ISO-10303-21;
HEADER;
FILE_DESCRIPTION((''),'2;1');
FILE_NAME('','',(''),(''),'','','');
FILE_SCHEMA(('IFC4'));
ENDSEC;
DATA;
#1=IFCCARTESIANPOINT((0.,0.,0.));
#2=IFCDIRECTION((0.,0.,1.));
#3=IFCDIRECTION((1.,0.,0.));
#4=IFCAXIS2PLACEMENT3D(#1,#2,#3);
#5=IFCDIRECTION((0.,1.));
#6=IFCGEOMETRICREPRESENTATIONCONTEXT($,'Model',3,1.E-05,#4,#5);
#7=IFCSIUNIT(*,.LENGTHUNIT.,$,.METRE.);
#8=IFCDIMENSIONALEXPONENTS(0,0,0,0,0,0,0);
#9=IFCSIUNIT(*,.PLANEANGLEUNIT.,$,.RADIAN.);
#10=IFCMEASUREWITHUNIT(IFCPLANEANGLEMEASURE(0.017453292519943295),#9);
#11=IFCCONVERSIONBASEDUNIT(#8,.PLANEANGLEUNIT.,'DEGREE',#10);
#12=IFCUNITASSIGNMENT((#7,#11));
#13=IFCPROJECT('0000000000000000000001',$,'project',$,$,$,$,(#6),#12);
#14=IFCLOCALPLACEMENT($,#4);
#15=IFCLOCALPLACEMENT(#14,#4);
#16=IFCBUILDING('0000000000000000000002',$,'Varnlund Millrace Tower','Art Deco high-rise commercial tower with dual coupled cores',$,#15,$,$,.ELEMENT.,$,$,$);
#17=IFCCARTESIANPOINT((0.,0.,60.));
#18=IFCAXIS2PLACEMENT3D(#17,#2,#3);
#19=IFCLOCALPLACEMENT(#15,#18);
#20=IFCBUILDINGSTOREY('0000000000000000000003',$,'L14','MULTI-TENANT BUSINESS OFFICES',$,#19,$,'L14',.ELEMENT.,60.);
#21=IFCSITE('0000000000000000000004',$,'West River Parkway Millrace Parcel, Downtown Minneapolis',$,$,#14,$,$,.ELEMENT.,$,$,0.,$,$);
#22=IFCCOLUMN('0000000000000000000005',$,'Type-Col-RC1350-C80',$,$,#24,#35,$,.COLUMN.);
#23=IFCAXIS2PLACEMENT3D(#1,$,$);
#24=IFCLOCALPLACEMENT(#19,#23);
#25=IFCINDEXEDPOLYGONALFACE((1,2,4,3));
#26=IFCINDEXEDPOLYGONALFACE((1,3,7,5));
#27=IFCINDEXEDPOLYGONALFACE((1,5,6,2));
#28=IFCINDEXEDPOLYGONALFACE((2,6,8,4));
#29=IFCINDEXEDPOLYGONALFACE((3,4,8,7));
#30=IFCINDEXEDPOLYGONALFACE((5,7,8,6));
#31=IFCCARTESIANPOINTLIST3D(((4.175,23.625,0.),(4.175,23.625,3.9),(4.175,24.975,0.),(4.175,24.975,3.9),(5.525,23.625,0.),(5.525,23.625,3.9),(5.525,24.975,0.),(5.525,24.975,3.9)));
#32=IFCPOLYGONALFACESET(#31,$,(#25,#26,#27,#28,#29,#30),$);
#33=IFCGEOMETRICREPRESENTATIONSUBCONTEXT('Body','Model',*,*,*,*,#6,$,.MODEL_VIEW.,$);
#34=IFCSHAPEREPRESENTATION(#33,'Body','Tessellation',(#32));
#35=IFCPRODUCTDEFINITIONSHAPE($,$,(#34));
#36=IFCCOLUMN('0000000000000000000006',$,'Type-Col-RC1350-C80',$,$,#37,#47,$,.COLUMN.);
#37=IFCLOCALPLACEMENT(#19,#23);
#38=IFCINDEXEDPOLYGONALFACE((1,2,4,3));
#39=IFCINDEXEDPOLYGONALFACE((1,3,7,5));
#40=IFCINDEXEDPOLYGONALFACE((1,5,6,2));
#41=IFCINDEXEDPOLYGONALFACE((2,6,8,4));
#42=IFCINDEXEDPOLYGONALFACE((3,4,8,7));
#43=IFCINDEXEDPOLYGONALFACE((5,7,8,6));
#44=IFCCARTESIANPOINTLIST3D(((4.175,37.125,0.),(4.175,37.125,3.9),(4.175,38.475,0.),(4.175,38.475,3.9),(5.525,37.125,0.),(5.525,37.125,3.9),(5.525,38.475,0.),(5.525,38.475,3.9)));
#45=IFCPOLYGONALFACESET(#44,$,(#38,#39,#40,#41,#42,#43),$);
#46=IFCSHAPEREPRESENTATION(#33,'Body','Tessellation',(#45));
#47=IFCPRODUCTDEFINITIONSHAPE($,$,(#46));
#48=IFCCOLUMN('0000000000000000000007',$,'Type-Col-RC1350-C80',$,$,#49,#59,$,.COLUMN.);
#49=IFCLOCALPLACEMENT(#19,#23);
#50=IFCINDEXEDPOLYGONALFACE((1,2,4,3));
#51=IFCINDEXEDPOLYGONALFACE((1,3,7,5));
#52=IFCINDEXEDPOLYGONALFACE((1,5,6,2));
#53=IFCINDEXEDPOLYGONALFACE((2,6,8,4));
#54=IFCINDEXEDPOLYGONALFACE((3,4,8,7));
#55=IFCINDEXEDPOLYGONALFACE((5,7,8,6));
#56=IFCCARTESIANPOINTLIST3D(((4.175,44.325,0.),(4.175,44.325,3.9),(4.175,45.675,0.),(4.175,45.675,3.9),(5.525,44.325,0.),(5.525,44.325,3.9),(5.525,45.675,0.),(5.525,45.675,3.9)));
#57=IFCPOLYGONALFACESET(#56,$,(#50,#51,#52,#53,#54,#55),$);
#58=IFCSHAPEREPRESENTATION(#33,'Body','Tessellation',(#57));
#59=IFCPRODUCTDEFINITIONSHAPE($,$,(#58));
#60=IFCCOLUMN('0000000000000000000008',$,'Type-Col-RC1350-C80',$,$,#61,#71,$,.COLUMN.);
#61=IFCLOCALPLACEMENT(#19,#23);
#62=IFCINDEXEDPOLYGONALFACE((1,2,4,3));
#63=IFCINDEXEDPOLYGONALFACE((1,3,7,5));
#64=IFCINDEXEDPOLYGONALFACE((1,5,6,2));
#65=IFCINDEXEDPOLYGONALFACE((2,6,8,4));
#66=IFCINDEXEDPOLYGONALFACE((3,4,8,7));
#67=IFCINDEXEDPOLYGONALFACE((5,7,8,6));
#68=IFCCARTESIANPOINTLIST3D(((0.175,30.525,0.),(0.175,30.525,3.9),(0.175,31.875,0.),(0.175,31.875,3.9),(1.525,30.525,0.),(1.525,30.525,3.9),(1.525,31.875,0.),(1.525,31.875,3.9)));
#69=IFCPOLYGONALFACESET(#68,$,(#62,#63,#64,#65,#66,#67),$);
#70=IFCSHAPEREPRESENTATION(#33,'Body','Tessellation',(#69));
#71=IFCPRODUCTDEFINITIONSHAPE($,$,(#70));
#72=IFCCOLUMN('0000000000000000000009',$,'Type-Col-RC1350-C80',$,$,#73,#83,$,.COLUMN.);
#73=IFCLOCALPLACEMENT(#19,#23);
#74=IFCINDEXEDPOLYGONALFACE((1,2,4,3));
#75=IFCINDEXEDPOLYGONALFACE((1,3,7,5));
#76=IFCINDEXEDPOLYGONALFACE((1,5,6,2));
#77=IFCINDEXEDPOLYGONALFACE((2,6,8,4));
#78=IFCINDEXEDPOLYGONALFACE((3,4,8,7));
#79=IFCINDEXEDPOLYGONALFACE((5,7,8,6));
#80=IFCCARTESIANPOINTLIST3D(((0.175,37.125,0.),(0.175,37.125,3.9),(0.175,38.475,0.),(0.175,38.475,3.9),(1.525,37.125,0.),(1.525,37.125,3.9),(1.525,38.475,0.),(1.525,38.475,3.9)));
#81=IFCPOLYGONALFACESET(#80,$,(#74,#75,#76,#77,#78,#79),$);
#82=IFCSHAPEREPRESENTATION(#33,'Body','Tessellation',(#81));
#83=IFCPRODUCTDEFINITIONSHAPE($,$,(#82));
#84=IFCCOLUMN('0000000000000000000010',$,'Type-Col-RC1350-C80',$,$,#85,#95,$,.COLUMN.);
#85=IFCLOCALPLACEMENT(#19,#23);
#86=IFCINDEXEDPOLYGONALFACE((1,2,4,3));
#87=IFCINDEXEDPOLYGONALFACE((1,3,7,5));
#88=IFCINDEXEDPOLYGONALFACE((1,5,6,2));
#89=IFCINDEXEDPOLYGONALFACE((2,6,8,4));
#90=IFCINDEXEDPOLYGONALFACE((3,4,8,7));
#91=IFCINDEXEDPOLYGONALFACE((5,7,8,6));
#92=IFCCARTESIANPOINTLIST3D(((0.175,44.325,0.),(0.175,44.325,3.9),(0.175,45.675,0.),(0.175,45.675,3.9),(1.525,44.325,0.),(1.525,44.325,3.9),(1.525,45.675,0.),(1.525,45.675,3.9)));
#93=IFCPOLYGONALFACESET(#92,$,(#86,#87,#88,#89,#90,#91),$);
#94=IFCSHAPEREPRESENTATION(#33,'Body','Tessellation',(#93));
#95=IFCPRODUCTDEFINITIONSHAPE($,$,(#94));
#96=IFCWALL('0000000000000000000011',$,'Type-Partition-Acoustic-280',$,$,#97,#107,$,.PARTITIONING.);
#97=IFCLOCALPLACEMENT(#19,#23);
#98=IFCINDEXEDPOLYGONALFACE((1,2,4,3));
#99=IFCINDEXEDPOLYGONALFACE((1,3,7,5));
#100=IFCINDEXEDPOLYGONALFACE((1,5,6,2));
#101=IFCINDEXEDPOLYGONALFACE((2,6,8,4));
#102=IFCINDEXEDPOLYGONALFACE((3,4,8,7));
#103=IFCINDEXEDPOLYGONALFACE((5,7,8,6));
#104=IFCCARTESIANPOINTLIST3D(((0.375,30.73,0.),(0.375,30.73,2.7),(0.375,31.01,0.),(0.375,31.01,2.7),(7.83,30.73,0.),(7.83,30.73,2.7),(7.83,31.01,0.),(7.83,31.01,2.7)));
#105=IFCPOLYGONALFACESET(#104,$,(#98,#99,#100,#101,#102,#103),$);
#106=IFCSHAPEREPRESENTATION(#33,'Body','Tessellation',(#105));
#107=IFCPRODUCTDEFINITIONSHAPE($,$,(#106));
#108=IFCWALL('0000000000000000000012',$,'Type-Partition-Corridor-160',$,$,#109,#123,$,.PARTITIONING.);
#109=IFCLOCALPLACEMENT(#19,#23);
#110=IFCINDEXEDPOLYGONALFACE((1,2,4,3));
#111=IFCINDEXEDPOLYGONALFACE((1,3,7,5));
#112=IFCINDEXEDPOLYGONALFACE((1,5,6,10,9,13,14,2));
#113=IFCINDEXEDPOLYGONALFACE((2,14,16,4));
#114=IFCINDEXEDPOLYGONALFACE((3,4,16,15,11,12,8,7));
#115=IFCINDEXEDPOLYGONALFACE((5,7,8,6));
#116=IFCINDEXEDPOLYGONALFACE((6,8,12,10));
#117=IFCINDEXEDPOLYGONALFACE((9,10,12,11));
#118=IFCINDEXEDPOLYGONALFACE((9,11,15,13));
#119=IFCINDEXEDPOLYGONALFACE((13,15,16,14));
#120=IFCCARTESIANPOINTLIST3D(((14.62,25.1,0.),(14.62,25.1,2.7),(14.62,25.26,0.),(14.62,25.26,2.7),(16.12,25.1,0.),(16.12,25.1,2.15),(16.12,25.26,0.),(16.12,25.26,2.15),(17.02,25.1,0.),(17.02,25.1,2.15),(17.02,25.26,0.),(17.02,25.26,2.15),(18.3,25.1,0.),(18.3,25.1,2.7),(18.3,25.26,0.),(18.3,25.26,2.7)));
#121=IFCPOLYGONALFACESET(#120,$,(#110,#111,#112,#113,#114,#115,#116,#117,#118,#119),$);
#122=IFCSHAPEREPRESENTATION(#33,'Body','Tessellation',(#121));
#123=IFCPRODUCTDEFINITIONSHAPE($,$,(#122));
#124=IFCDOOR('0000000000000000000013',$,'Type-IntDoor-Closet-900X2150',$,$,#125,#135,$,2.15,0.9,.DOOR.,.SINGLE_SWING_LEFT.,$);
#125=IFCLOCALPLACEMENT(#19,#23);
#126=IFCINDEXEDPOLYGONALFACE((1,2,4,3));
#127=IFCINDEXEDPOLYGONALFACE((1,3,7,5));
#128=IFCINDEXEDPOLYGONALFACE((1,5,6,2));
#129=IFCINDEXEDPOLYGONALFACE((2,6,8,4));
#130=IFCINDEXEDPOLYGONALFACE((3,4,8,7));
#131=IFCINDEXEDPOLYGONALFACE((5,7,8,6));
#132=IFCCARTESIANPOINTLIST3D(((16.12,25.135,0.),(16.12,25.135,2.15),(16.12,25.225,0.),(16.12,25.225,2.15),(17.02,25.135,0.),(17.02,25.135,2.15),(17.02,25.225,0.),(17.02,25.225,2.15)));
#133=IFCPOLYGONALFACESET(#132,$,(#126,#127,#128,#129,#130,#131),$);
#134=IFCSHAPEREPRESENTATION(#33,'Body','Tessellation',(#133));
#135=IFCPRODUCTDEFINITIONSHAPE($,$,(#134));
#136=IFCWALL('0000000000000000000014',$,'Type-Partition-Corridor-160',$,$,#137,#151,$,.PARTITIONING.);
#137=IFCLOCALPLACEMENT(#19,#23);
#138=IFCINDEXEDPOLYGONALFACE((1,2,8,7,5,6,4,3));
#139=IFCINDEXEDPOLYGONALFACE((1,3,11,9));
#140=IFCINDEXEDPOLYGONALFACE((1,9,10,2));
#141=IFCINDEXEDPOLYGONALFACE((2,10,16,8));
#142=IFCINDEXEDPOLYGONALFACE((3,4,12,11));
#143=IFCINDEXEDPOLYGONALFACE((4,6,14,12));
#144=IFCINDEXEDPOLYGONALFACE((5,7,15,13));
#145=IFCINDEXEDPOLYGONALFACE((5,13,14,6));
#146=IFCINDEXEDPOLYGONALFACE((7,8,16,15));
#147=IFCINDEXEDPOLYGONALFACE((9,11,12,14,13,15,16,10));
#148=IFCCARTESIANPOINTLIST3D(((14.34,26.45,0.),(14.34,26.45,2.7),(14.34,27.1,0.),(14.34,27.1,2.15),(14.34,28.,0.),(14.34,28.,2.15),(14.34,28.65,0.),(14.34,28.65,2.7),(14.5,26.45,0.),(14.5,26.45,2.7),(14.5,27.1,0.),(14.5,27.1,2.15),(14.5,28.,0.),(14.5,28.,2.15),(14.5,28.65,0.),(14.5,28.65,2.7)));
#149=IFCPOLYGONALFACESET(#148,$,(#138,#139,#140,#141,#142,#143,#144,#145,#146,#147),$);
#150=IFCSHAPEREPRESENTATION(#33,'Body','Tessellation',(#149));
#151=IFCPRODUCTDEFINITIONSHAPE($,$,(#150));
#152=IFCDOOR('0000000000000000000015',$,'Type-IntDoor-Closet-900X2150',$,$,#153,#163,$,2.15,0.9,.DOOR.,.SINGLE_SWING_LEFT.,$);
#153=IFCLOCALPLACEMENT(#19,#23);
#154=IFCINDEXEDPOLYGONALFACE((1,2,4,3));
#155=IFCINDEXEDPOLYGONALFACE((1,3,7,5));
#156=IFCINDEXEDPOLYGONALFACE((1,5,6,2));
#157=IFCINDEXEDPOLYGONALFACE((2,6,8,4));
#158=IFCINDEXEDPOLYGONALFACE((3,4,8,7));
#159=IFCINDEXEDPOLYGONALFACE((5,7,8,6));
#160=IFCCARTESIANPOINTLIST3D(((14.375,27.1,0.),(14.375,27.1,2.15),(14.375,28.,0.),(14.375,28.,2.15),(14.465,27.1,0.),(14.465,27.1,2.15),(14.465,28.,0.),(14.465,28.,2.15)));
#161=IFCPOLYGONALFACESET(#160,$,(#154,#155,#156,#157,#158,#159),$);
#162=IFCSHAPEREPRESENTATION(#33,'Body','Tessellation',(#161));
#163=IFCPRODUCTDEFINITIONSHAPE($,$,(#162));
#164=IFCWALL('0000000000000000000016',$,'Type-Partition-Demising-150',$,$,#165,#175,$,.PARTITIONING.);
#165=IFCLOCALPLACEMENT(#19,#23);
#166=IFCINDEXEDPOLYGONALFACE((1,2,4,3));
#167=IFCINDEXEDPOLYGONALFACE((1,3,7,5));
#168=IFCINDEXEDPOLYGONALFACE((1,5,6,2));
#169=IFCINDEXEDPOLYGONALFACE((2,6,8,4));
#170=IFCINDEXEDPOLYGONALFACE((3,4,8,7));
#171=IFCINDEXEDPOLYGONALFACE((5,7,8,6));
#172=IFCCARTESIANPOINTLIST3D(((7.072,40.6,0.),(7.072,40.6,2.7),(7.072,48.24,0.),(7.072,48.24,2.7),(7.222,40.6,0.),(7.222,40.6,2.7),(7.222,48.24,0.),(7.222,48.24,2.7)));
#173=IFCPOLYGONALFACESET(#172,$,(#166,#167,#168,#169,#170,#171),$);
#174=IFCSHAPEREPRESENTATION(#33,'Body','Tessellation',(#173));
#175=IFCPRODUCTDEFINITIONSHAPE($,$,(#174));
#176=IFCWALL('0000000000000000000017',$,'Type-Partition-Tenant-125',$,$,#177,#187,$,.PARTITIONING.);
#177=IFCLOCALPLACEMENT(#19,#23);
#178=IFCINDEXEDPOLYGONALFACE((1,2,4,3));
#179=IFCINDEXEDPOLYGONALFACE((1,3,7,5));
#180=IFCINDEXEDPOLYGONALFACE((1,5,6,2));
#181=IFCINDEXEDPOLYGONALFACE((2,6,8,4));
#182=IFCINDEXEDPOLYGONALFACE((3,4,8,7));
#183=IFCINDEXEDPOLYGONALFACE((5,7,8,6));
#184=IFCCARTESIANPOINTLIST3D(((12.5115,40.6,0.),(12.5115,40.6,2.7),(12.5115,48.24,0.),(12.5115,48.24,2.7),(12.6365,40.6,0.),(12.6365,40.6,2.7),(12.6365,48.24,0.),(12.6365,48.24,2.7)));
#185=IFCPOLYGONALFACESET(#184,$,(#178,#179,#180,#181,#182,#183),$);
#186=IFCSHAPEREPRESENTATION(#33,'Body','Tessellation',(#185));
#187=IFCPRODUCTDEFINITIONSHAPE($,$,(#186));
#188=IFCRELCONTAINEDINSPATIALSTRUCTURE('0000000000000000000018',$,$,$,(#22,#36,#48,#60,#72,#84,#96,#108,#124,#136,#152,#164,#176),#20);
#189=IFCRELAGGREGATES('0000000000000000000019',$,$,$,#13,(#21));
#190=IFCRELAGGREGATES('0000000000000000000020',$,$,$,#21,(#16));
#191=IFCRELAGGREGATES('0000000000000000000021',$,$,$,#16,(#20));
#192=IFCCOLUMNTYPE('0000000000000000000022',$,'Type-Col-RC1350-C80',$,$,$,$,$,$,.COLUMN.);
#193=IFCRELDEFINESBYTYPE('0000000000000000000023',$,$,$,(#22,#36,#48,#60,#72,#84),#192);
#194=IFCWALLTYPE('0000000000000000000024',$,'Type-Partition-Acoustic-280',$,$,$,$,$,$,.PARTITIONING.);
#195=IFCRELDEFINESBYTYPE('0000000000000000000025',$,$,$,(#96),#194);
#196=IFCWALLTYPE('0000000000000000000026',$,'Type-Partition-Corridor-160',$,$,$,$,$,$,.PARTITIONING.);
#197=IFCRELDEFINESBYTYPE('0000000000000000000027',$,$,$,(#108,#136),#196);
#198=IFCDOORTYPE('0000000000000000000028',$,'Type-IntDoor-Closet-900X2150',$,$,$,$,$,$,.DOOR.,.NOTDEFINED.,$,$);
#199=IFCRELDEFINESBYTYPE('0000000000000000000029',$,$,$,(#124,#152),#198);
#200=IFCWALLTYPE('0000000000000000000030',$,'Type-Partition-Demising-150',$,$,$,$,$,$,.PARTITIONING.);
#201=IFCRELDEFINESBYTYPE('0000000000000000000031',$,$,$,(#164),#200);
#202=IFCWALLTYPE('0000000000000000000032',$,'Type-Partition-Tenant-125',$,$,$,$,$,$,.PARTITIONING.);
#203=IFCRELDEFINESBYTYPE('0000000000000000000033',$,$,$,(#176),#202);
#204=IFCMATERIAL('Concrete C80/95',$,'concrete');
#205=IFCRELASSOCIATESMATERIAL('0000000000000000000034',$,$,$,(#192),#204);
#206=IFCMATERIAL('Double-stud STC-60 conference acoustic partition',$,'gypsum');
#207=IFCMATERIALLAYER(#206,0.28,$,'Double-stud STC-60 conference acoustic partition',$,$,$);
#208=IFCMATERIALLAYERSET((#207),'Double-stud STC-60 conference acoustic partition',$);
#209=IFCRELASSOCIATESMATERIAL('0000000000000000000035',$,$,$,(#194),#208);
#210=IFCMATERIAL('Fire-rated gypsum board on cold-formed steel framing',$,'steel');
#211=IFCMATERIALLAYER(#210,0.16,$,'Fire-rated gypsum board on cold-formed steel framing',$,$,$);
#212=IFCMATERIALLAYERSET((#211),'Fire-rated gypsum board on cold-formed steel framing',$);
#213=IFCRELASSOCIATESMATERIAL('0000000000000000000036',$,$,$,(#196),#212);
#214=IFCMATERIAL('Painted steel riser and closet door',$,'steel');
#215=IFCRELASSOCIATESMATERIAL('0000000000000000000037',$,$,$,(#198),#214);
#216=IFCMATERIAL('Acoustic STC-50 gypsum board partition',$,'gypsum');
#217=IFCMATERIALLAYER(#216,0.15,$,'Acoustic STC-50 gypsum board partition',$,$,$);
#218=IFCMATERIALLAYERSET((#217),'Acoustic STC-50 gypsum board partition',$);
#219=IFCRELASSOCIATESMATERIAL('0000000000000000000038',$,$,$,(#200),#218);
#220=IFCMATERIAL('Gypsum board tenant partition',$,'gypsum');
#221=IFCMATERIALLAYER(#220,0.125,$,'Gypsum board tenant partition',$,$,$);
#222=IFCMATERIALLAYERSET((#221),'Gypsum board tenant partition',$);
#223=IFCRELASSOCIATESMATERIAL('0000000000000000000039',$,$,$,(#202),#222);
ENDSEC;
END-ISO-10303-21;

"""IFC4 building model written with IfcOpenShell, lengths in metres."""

from ifc_helpers import new_model, entity, si_unit, converted_unit, direction, frame, origin_with_axes, origin_2d_with_axis, place, context, subcontext, project, spatial, polyline, rectangle, outline, extrude, material, layer, layer_set, material_profile, profile_set, type_object, element, fill, save


model = new_model("IFC4")

# Units and contexts
model_context = context("Model", 3, precision=1e-05, world=origin_with_axes(), true_north=direction((0.0, 1.0)))
body_context = subcontext(model_context, "Body", "Model", "MODEL_VIEW")
ifc_project = project(units=[si_unit("LENGTHUNIT", "METRE"), converted_unit("PLANEANGLEUNIT", "DEGREE", entity("IfcPlaneAngleMeasure", 0.017453292519943295), si_unit("PLANEANGLEUNIT", "RADIAN"), dimensions=[0, 0, 0, 0, 0, 0, 0])], contexts=[model_context])

# Site, building, storey
site_placement = place(None, origin_with_axes())
site = spatial("IfcSite", under=ifc_project, at=site_placement, Name="West River Parkway Millrace Parcel, Downtown Minneapolis", CompositionType="ELEMENT", RefElevation=0.0)
building_placement = place(site_placement, origin_with_axes())
building = spatial("IfcBuilding", under=site, at=building_placement, Name="Varnlund Millrace Tower", Description="Art Deco high-rise commercial tower with dual coupled cores", CompositionType="ELEMENT")
storey_placement = place(building_placement, frame((0.0, 0.0, 60.0), z_axis=(0.0, 0.0, 1.0), x_axis=(1.0, 0.0, 0.0)))
storey = spatial("IfcBuildingStorey", under=building, at=storey_placement, Name="L14", Description="MULTI-TENANT BUSINESS OFFICES", LongName="L14", CompositionType="ELEMENT", Elevation=60.0)

# Columns
ifc_material_1 = material(Name="Concrete C80/95", Category="concrete")
ifc_material_profile = material_profile(ifc_material_1, rectangle(XDim=1.35, YDim=1.35, at=origin_2d_with_axis()), Name="Concrete C80/95")
ifc_profile_set = profile_set([ifc_material_profile], Name="Concrete C80/95")
column_type = type_object("IfcColumnType", Name="Type-Col-RC1350-C80", PredefinedType="COLUMN", material=ifc_profile_set)
for number, where, z_axis, x_axis, name in (
    (1, (4.85, 24.3, 0.0), (0.0, 0.0, 1.0), (1.0, 0.0, 0.0), "Type-Col-RC1350-C80"),
    (2, (4.85, 37.8, 0.0), (0.0, 0.0, 1.0), (1.0, 0.0, 0.0), "Type-Col-RC1350-C80"),
    (3, (4.85, 45.0, 0.0), (0.0, 0.0, 1.0), (1.0, 0.0, 0.0), "Type-Col-RC1350-C80"),
    (4, (0.85, 31.2, 0.0), (0.0, 0.0, 1.0), (1.0, 0.0, 0.0), "Type-Col-RC1350-C80"),
    (5, (0.85, 37.8, 0.0), (0.0, 0.0, 1.0), (1.0, 0.0, 0.0), "Type-Col-RC1350-C80"),
    (6, (0.85, 45.0, 0.0), (0.0, 0.0, 1.0), (1.0, 0.0, 0.0), "Type-Col-RC1350-C80"),
):
    element("IfcColumn", number, at=place(storey_placement, frame(where, z_axis=z_axis, x_axis=x_axis)), inside=storey, type_object=column_type, Name=name, PredefinedType="COLUMN", context=body_context, shape_type="SweptSolid", body=[
        extrude(rectangle(XDim=1.35, YDim=1.35, at=origin_2d_with_axis()), origin_with_axes(), (0.0, 0.0, 1.0), 3.9),
    ])

# Wall
ifc_material_2 = material(Name="Double-stud STC-60 conference acoustic partition", Category="gypsum")
ifc_layer_1 = layer(ifc_material_2, 0.28, Name="Double-stud STC-60 conference acoustic partition")
ifc_layer_set_1 = layer_set([ifc_layer_1], Name="Double-stud STC-60 conference acoustic partition")
wall_type_1 = type_object("IfcWallType", Name="Type-Partition-Acoustic-280", PredefinedType="PARTITIONING", material=ifc_layer_set_1)
wall_1_placement = place(storey_placement, frame((0.375, 30.87, 0.0), z_axis=(0.0, 0.0, 1.0), x_axis=(1.0, 0.0, 0.0)))
element("IfcWall", 7, at=wall_1_placement, inside=storey, type_object=wall_type_1, Name="Type-Partition-Acoustic-280", PredefinedType="PARTITIONING", context=body_context, shape_type="SweptSolid", body=[
    extrude(outline(polyline([(0.0, -0.14), (7.455, -0.14), (7.455, 0.14), (0.0, 0.14), (0.0, -0.14)])), origin_with_axes(), (0.0, 0.0, 1.0), 2.7),
])

# Walls, openings, doors
ifc_material_3 = material(Name="Fire-rated gypsum board on cold-formed steel framing", Category="steel")
ifc_layer_2 = layer(ifc_material_3, 0.16, Name="Fire-rated gypsum board on cold-formed steel framing")
ifc_layer_set_2 = layer_set([ifc_layer_2], Name="Fire-rated gypsum board on cold-formed steel framing")
wall_type_2 = type_object("IfcWallType", Name="Type-Partition-Corridor-160", PredefinedType="PARTITIONING", material=ifc_layer_set_2)
wall_2_placement = place(storey_placement, frame((14.62, 25.18, 0.0), z_axis=(0.0, 0.0, 1.0), x_axis=(1.0, 0.0, 0.0)))
wall_2 = element("IfcWall", 8, at=wall_2_placement, inside=storey, type_object=wall_type_2, Name="Type-Partition-Corridor-160", PredefinedType="PARTITIONING", context=body_context, shape_type="SweptSolid", body=[
    extrude(outline(polyline([(0.0, -0.08), (3.68, -0.08), (3.68, 0.08), (0.0, 0.08), (0.0, -0.08)])), origin_with_axes(), (0.0, 0.0, 1.0), 2.7),
])
opening_1_placement = place(wall_2_placement, frame((1.95, 0.0, 0.0), z_axis=(0.0, 0.0, 1.0), x_axis=(1.0, 0.0, 0.0)))
opening_1 = element("IfcOpeningElement", 9, at=opening_1_placement, cuts=wall_2, PredefinedType="OPENING", context=body_context, shape_type="SweptSolid", body=[
    extrude(rectangle(XDim=0.9, YDim=0.18, at=origin_2d_with_axis()), origin_with_axes(), (0.0, 0.0, 1.0), 2.15),
])
ifc_material_4 = material(Name="Painted steel riser and closet door", Category="steel")
door_type_1 = type_object("IfcDoorType", Name="Type-IntDoor-Closet-900X2150", OperationType="NOTDEFINED", PredefinedType="DOOR", material=ifc_material_4)
door_1_placement = place(wall_2_placement, frame((1.95, 0.0, 0.0), z_axis=(0.0, 0.0, 1.0), x_axis=(1.0, 0.0, 0.0)))
door_1 = element("IfcDoor", 10, at=door_1_placement, inside=storey, type_object=door_type_1, Name="Type-IntDoor-Closet-900X2150", OperationType="SINGLE_SWING_LEFT", OverallHeight=2.15, OverallWidth=0.9, PredefinedType="DOOR", context=body_context, shape_type="SweptSolid", body=[
    extrude(rectangle(XDim=0.9, YDim=0.09, at=origin_2d_with_axis()), origin_with_axes(), (0.0, 0.0, 1.0), 2.15),
])
fill(opening_1, door_1)
wall_3_placement = place(storey_placement, frame((14.42, 26.45, 0.0), z_axis=(0.0, 0.0, 1.0), x_axis=(0.0, 1.0, 0.0)))
wall_3 = element("IfcWall", 11, at=wall_3_placement, inside=storey, type_object=wall_type_2, Name="Type-Partition-Corridor-160", PredefinedType="PARTITIONING", context=body_context, shape_type="SweptSolid", body=[
    extrude(outline(polyline([(0.0, -0.08), (2.2, -0.08), (2.2, 0.08), (0.0, 0.08), (0.0, -0.08)])), origin_with_axes(), (0.0, 0.0, 1.0), 2.7),
])
opening_2_placement = place(wall_3_placement, frame((1.1, 0.0, 0.0), z_axis=(0.0, 0.0, 1.0), x_axis=(1.0, 0.0, 0.0)))
opening_2 = element("IfcOpeningElement", 12, at=opening_2_placement, cuts=wall_3, PredefinedType="OPENING", context=body_context, shape_type="SweptSolid", body=[
    extrude(rectangle(XDim=0.9, YDim=0.18, at=origin_2d_with_axis()), origin_with_axes(), (0.0, 0.0, 1.0), 2.15),
])
door_2_placement = place(wall_3_placement, frame((1.1, 0.0, 0.0), z_axis=(0.0, 0.0, 1.0), x_axis=(1.0, 0.0, 0.0)))
door_2 = element("IfcDoor", 13, at=door_2_placement, inside=storey, type_object=door_type_1, Name="Type-IntDoor-Closet-900X2150", OperationType="SINGLE_SWING_LEFT", OverallHeight=2.15, OverallWidth=0.9, PredefinedType="DOOR", context=body_context, shape_type="SweptSolid", body=[
    extrude(rectangle(XDim=0.9, YDim=0.09, at=origin_2d_with_axis()), origin_with_axes(), (0.0, 0.0, 1.0), 2.15),
])
fill(opening_2, door_2)

# Walls
ifc_material_5 = material(Name="Acoustic STC-50 gypsum board partition", Category="gypsum")
ifc_layer_3 = layer(ifc_material_5, 0.15, Name="Acoustic STC-50 gypsum board partition")
ifc_layer_set_3 = layer_set([ifc_layer_3], Name="Acoustic STC-50 gypsum board partition")
wall_type_3 = type_object("IfcWallType", Name="Type-Partition-Demising-150", PredefinedType="PARTITIONING", material=ifc_layer_set_3)
wall_4_placement = place(storey_placement, frame((7.147, 40.6, 0.0), z_axis=(0.0, 0.0, 1.0), x_axis=(0.0, 1.0, 0.0)))
element("IfcWall", 14, at=wall_4_placement, inside=storey, type_object=wall_type_3, Name="Type-Partition-Demising-150", PredefinedType="PARTITIONING", context=body_context, shape_type="SweptSolid", body=[
    extrude(outline(polyline([(0.0, -0.075), (7.64, -0.075), (7.64, 0.075), (0.0, 0.075), (0.0, -0.075)])), origin_with_axes(), (0.0, 0.0, 1.0), 2.7),
])
ifc_material_6 = material(Name="Gypsum board tenant partition", Category="gypsum")
ifc_layer_4 = layer(ifc_material_6, 0.125, Name="Gypsum board tenant partition")
ifc_layer_set_4 = layer_set([ifc_layer_4], Name="Gypsum board tenant partition")
wall_type_4 = type_object("IfcWallType", Name="Type-Partition-Tenant-125", PredefinedType="PARTITIONING", material=ifc_layer_set_4)
wall_5_placement = place(storey_placement, frame((12.574, 40.6, 0.0), z_axis=(0.0, 0.0, 1.0), x_axis=(0.0, 1.0, 0.0)))
element("IfcWall", 15, at=wall_5_placement, inside=storey, type_object=wall_type_4, Name="Type-Partition-Tenant-125", PredefinedType="PARTITIONING", context=body_context, shape_type="SweptSolid", body=[
    extrude(outline(polyline([(0.0, -0.0625), (7.64, -0.0625), (7.64, 0.0625), (0.0, 0.0625), (0.0, -0.0625)])), origin_with_axes(), (0.0, 0.0, 1.0), 2.7),
])

save(model, "model.ifc")
